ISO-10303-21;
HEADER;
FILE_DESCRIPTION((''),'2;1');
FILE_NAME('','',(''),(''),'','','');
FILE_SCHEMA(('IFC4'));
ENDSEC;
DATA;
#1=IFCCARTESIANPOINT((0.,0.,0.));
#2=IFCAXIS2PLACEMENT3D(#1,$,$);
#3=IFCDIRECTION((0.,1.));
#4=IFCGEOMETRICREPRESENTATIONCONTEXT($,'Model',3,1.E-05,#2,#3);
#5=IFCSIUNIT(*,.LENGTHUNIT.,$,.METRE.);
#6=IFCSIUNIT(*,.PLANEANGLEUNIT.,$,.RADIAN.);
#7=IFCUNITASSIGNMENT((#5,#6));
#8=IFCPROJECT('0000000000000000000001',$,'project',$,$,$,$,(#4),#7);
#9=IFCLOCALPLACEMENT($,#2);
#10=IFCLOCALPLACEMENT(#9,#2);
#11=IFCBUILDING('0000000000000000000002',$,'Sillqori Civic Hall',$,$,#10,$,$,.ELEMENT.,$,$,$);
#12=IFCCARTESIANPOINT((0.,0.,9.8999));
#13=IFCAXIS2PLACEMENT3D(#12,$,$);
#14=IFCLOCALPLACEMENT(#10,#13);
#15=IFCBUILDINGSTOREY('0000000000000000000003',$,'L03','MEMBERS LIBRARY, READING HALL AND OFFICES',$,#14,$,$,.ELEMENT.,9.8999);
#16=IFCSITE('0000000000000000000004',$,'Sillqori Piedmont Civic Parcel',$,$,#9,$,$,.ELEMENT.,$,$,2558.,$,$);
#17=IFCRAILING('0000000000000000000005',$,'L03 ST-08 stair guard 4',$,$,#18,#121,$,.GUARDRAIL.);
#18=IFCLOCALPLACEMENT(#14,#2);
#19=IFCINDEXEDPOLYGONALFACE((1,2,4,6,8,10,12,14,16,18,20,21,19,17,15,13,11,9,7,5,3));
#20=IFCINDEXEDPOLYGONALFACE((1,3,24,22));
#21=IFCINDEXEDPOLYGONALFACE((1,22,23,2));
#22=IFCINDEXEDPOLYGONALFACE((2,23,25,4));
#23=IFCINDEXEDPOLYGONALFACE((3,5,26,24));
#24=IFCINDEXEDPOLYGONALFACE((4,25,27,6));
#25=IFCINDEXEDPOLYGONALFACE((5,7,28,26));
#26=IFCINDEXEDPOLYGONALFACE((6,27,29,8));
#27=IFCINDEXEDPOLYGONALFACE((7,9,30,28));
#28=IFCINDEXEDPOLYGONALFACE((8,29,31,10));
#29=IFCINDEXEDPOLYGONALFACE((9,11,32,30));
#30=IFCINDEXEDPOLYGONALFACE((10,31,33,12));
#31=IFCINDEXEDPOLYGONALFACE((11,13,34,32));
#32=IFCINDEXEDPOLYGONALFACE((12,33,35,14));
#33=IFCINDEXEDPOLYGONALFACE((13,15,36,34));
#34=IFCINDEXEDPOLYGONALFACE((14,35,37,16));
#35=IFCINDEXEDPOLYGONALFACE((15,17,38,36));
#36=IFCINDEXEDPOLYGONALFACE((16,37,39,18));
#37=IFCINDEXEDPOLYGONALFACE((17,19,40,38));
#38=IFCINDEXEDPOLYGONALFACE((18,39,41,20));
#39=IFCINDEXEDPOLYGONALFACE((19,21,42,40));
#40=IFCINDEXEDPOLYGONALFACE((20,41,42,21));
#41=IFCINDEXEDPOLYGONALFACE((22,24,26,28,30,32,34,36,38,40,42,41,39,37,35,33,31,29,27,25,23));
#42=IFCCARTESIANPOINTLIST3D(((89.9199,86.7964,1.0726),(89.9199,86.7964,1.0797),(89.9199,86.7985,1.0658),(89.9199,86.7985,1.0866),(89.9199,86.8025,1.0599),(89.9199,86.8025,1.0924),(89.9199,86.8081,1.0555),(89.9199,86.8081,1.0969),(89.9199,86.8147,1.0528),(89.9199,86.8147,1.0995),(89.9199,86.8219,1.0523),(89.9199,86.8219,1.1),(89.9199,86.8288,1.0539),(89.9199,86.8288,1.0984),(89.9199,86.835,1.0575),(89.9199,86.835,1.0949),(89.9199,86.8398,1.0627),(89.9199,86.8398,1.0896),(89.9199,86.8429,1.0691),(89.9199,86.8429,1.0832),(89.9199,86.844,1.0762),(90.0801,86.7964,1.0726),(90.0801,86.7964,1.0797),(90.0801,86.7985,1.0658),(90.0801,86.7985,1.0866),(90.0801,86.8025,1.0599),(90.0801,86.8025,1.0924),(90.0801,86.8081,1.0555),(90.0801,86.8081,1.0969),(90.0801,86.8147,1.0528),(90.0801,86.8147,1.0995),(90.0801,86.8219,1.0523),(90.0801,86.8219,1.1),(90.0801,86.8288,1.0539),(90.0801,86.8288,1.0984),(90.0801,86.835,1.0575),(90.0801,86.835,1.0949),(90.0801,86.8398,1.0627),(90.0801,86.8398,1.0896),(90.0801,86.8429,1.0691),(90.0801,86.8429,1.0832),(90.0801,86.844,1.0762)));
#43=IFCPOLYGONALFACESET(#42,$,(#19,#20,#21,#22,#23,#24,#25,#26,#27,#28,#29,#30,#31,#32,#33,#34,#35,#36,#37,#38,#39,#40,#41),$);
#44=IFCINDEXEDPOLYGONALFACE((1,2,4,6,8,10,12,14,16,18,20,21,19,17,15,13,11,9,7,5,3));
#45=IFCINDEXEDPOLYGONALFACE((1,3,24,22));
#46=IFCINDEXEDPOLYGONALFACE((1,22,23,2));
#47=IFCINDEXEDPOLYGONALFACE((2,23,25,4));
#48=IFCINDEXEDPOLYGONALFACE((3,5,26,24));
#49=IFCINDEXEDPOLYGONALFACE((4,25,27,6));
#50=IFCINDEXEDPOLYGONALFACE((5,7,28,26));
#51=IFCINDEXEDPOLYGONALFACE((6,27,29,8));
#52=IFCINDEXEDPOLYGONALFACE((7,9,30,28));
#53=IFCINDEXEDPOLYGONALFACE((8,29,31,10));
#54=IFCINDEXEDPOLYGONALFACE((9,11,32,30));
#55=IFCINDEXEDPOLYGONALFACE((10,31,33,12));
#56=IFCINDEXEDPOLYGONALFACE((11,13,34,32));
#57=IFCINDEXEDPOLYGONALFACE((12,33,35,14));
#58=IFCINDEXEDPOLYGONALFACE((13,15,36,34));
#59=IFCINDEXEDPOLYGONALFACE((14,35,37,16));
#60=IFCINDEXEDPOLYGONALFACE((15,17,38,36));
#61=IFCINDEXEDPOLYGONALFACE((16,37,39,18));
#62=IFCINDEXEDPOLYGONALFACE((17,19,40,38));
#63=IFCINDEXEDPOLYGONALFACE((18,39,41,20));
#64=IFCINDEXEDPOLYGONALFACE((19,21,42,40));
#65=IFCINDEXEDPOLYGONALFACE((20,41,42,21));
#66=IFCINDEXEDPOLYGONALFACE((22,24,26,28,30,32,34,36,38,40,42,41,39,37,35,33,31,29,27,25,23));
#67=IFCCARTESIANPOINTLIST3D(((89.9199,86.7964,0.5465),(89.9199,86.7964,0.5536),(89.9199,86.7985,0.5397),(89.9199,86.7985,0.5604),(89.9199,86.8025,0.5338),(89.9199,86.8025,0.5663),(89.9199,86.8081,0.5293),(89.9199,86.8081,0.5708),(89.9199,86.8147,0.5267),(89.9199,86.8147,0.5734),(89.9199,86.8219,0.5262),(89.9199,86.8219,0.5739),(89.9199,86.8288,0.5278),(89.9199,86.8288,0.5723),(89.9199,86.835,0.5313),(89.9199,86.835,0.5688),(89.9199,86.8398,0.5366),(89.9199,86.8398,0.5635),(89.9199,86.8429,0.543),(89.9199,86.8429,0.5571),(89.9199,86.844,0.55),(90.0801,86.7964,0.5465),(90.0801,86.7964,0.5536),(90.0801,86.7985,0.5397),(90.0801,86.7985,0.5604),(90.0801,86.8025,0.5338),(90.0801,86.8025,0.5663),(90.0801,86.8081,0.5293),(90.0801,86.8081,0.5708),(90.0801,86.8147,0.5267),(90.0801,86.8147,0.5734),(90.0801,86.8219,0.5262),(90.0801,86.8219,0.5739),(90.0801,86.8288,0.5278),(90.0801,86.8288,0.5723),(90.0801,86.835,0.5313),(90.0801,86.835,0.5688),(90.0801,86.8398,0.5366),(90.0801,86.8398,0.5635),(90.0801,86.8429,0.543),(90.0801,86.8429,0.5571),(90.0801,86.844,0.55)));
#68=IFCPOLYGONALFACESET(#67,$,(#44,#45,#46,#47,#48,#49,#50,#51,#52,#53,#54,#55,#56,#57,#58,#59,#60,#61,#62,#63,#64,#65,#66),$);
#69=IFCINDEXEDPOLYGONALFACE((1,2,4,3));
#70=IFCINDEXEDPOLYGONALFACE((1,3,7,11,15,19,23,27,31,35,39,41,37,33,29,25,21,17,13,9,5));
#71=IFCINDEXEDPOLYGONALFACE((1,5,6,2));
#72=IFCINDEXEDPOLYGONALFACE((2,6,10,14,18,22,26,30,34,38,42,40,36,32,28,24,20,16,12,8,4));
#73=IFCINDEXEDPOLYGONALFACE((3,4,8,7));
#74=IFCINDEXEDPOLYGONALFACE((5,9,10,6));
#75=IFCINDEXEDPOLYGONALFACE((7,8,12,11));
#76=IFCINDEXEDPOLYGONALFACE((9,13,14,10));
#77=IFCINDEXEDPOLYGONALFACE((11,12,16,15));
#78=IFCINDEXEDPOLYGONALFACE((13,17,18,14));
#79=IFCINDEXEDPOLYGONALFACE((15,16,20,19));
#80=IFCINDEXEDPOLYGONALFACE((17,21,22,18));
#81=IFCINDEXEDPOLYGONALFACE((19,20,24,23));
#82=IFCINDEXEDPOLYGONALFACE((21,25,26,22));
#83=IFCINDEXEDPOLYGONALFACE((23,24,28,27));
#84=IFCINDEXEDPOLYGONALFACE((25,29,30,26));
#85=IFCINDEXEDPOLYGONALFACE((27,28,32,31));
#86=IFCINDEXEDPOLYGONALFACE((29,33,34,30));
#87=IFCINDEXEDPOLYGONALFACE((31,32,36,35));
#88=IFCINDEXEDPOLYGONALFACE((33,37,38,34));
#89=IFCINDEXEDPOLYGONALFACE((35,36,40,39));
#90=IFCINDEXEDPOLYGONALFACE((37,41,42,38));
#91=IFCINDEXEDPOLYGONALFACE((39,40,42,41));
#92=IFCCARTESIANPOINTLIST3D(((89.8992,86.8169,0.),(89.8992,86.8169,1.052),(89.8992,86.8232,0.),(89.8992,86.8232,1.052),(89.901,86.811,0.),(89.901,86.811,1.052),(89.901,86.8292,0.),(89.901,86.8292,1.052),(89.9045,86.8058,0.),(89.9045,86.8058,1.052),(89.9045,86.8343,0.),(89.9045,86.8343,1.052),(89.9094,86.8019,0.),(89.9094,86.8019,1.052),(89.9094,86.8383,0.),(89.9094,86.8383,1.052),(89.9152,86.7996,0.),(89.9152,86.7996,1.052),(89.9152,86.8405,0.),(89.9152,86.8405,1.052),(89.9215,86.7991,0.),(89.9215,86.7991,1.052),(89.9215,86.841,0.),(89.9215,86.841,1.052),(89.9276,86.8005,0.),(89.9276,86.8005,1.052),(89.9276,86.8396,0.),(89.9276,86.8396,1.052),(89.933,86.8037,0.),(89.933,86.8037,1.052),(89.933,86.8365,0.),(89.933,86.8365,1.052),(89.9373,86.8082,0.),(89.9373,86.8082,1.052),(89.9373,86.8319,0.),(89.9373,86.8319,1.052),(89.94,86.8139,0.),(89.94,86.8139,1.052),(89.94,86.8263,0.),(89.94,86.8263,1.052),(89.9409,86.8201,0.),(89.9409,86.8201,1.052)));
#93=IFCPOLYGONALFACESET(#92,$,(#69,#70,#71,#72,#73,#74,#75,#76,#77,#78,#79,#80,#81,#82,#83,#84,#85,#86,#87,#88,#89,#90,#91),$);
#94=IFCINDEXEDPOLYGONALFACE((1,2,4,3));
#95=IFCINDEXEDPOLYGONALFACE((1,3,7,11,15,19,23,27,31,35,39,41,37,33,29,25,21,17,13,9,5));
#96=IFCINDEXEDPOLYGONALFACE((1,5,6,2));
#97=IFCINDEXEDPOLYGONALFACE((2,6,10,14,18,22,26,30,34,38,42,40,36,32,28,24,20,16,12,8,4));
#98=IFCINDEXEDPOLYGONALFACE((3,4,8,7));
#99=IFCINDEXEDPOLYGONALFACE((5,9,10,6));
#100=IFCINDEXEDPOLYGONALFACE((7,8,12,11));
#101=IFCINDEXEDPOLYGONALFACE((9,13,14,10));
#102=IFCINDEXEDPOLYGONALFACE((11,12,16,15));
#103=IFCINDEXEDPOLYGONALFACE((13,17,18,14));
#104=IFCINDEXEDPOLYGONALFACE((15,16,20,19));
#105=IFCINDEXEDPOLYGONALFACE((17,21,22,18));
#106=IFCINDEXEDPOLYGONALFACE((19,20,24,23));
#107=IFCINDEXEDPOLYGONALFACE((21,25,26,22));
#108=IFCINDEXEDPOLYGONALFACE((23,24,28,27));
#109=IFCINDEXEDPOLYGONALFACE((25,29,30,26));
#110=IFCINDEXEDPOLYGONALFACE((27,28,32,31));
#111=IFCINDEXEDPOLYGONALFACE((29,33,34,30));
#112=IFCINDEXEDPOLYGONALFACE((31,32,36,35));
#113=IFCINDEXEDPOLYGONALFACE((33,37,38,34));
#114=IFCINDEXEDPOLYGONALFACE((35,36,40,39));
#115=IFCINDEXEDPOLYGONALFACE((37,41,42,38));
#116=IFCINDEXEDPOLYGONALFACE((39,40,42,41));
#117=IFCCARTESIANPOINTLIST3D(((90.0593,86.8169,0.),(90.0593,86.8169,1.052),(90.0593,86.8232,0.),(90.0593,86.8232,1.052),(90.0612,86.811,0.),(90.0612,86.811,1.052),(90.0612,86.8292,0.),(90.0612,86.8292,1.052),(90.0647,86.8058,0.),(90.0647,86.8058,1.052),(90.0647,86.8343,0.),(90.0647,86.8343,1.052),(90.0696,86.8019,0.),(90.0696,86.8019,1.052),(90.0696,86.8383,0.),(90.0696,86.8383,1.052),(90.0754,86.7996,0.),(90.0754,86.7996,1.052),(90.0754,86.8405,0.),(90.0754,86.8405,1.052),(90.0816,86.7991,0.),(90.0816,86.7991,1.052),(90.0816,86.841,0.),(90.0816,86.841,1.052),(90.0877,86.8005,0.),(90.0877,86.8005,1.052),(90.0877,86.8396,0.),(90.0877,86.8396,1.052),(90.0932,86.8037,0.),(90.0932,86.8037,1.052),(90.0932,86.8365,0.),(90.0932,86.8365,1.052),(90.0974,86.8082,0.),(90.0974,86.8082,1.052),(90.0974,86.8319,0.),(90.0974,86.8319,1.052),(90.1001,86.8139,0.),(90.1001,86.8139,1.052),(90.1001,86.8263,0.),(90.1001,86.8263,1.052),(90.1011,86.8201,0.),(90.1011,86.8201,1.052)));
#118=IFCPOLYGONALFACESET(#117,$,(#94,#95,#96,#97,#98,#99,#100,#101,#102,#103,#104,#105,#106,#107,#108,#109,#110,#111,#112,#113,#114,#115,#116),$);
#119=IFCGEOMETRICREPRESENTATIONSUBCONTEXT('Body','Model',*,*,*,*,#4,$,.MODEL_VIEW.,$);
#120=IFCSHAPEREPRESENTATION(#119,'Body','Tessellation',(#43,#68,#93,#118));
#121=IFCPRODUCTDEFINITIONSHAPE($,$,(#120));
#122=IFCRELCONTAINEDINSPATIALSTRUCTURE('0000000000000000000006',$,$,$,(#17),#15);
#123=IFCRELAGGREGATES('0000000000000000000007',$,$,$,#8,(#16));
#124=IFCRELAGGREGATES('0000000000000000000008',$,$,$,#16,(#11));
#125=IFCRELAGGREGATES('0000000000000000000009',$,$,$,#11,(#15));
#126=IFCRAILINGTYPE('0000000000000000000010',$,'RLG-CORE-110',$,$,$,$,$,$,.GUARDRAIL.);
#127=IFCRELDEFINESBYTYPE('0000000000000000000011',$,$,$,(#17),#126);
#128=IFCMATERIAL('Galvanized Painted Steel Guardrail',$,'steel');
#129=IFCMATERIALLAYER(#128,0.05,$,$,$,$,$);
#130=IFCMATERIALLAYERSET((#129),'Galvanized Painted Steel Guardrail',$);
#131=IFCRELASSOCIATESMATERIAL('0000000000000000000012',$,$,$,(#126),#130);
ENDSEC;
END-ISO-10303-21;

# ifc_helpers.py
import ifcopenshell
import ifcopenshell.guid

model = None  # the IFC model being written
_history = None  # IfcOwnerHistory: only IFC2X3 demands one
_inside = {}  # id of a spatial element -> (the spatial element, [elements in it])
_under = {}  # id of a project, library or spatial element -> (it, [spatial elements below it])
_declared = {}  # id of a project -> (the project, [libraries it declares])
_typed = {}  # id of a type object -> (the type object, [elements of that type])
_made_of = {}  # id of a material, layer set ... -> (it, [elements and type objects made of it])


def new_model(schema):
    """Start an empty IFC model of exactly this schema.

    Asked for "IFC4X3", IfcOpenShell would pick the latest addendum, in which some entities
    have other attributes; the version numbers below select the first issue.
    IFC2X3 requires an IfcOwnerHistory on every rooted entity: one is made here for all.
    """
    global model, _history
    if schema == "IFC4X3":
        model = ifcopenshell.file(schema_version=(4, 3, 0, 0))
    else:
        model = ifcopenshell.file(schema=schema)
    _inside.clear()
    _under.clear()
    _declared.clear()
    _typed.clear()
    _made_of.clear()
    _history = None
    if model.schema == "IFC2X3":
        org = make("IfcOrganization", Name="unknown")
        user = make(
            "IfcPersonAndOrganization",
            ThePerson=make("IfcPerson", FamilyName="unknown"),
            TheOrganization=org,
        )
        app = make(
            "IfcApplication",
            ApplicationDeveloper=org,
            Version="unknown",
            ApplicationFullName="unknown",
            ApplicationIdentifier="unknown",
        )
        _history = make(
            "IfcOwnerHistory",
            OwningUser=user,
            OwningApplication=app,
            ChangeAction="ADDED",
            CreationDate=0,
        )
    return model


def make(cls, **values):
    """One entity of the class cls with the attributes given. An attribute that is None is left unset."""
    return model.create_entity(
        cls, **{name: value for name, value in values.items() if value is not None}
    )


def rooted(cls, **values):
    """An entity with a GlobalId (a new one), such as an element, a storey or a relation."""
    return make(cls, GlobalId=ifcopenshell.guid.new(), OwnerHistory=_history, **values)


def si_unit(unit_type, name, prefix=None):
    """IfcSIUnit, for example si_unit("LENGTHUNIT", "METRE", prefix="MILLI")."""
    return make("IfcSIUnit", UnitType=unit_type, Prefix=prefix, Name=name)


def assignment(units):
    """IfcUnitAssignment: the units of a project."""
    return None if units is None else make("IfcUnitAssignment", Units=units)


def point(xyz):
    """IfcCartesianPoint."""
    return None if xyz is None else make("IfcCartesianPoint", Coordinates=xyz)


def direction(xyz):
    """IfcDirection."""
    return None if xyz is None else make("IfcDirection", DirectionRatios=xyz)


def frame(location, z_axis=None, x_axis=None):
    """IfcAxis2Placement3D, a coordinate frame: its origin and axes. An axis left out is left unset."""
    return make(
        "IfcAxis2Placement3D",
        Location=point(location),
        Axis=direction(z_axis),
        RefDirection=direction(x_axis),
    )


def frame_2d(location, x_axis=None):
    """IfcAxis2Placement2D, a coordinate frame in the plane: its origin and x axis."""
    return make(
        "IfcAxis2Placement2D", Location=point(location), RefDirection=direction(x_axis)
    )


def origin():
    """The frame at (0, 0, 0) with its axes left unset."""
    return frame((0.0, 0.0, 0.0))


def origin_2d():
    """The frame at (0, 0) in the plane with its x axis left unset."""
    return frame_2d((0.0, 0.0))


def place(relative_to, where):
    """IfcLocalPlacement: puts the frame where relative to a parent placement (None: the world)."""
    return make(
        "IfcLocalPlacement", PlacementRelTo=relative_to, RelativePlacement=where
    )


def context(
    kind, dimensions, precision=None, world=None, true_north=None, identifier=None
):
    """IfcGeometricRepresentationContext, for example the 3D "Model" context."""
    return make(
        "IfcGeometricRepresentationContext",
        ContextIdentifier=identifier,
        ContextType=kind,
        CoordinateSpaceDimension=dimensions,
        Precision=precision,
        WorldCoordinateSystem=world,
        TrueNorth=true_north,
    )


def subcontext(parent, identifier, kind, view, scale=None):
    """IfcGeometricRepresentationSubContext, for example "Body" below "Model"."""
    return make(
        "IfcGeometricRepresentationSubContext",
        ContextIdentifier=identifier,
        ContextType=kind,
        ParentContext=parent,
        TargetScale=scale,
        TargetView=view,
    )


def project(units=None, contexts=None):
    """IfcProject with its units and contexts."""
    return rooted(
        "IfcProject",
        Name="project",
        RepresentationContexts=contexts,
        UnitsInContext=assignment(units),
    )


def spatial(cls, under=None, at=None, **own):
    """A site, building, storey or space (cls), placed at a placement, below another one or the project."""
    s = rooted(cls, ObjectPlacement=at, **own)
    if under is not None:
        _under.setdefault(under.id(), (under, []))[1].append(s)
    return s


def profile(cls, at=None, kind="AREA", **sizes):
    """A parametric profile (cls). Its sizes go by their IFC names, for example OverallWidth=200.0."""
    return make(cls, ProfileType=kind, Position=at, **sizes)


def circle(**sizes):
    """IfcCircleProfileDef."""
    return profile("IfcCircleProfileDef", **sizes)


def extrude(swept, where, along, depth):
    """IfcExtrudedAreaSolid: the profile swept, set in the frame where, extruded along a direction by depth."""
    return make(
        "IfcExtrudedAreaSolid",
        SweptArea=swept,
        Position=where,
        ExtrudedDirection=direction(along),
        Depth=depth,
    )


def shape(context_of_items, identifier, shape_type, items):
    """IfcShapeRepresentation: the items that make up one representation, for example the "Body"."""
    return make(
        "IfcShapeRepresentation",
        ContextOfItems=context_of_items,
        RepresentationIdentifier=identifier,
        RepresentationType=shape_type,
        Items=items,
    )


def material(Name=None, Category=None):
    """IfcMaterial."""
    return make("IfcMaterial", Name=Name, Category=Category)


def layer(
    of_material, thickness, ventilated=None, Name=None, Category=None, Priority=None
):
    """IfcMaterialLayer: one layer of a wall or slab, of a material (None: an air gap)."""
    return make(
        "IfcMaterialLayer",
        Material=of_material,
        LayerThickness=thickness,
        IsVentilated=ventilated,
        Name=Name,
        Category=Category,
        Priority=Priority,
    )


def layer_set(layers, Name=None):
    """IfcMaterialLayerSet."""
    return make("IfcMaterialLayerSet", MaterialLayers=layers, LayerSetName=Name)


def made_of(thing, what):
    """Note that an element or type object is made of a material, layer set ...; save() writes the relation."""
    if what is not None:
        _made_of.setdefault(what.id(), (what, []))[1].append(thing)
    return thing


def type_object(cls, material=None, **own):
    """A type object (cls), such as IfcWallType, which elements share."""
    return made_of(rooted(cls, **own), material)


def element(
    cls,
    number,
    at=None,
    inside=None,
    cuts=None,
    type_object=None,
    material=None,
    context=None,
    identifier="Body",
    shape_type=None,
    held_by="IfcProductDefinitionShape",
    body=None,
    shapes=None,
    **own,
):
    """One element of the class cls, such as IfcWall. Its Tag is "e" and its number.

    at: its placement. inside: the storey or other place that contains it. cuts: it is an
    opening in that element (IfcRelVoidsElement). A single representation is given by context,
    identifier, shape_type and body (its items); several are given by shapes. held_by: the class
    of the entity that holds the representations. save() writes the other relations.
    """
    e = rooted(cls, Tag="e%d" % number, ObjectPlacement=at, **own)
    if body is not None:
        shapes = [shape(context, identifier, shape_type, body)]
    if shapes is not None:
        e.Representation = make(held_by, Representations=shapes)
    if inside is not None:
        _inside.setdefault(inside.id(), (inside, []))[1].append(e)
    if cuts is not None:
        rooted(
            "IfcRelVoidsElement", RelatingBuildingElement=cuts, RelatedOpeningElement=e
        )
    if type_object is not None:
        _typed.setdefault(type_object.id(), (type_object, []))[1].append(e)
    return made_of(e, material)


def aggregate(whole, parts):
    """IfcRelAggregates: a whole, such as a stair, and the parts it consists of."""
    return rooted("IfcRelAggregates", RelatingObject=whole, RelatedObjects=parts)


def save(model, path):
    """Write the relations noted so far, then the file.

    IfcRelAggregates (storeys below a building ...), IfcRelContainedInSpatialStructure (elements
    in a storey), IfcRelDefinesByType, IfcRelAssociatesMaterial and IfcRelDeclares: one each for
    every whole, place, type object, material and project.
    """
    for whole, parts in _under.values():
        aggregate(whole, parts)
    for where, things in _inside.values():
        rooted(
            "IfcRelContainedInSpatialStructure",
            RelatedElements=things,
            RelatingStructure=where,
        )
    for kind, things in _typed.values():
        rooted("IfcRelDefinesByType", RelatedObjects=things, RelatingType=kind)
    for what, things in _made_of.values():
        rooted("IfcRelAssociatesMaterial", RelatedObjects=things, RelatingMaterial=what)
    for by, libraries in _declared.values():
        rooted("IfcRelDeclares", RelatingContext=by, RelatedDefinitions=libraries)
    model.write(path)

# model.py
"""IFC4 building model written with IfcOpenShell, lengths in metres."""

from ifc_helpers import new_model, si_unit, direction, frame, origin, origin_2d, place, context, subcontext, project, spatial, circle, extrude, material, layer, layer_set, type_object, element, save


model = new_model("IFC4")

# Units and contexts
model_context = context("Model", 3, precision=1e-05, world=origin(), true_north=direction((0.0, 1.0)))
body_context = subcontext(model_context, "Body", "Model", "MODEL_VIEW")
ifc_project = project(units=[si_unit("LENGTHUNIT", "METRE"), si_unit("PLANEANGLEUNIT", "RADIAN")], contexts=[model_context])

# Site, building, storey
site_placement = place(None, origin())
site = spatial("IfcSite", under=ifc_project, at=site_placement, Name="Sillqori Piedmont Civic Parcel", CompositionType="ELEMENT", RefElevation=2558.0)
building_placement = place(site_placement, origin())
building = spatial("IfcBuilding", under=site, at=building_placement, Name="Sillqori Civic Hall", CompositionType="ELEMENT")
storey_placement = place(building_placement, frame((0.0, 0.0, 9.8999)))
storey = spatial("IfcBuildingStorey", under=building, at=storey_placement, Name="L03", Description="MEMBERS LIBRARY, READING HALL AND OFFICES", CompositionType="ELEMENT", Elevation=9.8999)

# Railing
ifc_material_1 = material(Name="Galvanized Painted Steel Guardrail", Category="steel")
ifc_layer_1 = layer(ifc_material_1, 0.05)
ifc_layer_set_1 = layer_set([ifc_layer_1], Name="Galvanized Painted Steel Guardrail")
railing_type_1 = type_object("IfcRailingType", Name="RLG-CORE-110", PredefinedType="GUARDRAIL", material=ifc_layer_set_1)
railing_1_placement = place(storey_placement, frame((89.9199, 86.8201, 0.0)))
element("IfcRailing", 1, at=railing_1_placement, inside=storey, type_object=railing_type_1, Name="L03 ST-08 stair guard 4", PredefinedType="GUARDRAIL", context=body_context, shape_type="SweptSolid", body=[
    extrude(circle(Radius=0.0239, at=origin_2d()), frame((0.0, 0.0, 1.0762), z_axis=(1.0, 0.0, 0.0), x_axis=(0.0, 1.0, 0.0)), (0.0, 0.0, 1.0), 0.1602),
    extrude(circle(Radius=0.0239, at=origin_2d()), frame((0.0, 0.0, 0.55), z_axis=(1.0, 0.0, 0.0), x_axis=(0.0, 1.0, 0.0)), (0.0, 0.0, 1.0), 0.1602),
    extrude(circle(Radius=0.021, at=origin_2d()), origin(), (0.0, 0.0, 1.0), 1.052),
    extrude(circle(Radius=0.021, at=origin_2d()), frame((0.1602, 0.0, 0.0)), (0.0, 0.0, 1.0), 1.052),
])

save(model, "model.ifc")
